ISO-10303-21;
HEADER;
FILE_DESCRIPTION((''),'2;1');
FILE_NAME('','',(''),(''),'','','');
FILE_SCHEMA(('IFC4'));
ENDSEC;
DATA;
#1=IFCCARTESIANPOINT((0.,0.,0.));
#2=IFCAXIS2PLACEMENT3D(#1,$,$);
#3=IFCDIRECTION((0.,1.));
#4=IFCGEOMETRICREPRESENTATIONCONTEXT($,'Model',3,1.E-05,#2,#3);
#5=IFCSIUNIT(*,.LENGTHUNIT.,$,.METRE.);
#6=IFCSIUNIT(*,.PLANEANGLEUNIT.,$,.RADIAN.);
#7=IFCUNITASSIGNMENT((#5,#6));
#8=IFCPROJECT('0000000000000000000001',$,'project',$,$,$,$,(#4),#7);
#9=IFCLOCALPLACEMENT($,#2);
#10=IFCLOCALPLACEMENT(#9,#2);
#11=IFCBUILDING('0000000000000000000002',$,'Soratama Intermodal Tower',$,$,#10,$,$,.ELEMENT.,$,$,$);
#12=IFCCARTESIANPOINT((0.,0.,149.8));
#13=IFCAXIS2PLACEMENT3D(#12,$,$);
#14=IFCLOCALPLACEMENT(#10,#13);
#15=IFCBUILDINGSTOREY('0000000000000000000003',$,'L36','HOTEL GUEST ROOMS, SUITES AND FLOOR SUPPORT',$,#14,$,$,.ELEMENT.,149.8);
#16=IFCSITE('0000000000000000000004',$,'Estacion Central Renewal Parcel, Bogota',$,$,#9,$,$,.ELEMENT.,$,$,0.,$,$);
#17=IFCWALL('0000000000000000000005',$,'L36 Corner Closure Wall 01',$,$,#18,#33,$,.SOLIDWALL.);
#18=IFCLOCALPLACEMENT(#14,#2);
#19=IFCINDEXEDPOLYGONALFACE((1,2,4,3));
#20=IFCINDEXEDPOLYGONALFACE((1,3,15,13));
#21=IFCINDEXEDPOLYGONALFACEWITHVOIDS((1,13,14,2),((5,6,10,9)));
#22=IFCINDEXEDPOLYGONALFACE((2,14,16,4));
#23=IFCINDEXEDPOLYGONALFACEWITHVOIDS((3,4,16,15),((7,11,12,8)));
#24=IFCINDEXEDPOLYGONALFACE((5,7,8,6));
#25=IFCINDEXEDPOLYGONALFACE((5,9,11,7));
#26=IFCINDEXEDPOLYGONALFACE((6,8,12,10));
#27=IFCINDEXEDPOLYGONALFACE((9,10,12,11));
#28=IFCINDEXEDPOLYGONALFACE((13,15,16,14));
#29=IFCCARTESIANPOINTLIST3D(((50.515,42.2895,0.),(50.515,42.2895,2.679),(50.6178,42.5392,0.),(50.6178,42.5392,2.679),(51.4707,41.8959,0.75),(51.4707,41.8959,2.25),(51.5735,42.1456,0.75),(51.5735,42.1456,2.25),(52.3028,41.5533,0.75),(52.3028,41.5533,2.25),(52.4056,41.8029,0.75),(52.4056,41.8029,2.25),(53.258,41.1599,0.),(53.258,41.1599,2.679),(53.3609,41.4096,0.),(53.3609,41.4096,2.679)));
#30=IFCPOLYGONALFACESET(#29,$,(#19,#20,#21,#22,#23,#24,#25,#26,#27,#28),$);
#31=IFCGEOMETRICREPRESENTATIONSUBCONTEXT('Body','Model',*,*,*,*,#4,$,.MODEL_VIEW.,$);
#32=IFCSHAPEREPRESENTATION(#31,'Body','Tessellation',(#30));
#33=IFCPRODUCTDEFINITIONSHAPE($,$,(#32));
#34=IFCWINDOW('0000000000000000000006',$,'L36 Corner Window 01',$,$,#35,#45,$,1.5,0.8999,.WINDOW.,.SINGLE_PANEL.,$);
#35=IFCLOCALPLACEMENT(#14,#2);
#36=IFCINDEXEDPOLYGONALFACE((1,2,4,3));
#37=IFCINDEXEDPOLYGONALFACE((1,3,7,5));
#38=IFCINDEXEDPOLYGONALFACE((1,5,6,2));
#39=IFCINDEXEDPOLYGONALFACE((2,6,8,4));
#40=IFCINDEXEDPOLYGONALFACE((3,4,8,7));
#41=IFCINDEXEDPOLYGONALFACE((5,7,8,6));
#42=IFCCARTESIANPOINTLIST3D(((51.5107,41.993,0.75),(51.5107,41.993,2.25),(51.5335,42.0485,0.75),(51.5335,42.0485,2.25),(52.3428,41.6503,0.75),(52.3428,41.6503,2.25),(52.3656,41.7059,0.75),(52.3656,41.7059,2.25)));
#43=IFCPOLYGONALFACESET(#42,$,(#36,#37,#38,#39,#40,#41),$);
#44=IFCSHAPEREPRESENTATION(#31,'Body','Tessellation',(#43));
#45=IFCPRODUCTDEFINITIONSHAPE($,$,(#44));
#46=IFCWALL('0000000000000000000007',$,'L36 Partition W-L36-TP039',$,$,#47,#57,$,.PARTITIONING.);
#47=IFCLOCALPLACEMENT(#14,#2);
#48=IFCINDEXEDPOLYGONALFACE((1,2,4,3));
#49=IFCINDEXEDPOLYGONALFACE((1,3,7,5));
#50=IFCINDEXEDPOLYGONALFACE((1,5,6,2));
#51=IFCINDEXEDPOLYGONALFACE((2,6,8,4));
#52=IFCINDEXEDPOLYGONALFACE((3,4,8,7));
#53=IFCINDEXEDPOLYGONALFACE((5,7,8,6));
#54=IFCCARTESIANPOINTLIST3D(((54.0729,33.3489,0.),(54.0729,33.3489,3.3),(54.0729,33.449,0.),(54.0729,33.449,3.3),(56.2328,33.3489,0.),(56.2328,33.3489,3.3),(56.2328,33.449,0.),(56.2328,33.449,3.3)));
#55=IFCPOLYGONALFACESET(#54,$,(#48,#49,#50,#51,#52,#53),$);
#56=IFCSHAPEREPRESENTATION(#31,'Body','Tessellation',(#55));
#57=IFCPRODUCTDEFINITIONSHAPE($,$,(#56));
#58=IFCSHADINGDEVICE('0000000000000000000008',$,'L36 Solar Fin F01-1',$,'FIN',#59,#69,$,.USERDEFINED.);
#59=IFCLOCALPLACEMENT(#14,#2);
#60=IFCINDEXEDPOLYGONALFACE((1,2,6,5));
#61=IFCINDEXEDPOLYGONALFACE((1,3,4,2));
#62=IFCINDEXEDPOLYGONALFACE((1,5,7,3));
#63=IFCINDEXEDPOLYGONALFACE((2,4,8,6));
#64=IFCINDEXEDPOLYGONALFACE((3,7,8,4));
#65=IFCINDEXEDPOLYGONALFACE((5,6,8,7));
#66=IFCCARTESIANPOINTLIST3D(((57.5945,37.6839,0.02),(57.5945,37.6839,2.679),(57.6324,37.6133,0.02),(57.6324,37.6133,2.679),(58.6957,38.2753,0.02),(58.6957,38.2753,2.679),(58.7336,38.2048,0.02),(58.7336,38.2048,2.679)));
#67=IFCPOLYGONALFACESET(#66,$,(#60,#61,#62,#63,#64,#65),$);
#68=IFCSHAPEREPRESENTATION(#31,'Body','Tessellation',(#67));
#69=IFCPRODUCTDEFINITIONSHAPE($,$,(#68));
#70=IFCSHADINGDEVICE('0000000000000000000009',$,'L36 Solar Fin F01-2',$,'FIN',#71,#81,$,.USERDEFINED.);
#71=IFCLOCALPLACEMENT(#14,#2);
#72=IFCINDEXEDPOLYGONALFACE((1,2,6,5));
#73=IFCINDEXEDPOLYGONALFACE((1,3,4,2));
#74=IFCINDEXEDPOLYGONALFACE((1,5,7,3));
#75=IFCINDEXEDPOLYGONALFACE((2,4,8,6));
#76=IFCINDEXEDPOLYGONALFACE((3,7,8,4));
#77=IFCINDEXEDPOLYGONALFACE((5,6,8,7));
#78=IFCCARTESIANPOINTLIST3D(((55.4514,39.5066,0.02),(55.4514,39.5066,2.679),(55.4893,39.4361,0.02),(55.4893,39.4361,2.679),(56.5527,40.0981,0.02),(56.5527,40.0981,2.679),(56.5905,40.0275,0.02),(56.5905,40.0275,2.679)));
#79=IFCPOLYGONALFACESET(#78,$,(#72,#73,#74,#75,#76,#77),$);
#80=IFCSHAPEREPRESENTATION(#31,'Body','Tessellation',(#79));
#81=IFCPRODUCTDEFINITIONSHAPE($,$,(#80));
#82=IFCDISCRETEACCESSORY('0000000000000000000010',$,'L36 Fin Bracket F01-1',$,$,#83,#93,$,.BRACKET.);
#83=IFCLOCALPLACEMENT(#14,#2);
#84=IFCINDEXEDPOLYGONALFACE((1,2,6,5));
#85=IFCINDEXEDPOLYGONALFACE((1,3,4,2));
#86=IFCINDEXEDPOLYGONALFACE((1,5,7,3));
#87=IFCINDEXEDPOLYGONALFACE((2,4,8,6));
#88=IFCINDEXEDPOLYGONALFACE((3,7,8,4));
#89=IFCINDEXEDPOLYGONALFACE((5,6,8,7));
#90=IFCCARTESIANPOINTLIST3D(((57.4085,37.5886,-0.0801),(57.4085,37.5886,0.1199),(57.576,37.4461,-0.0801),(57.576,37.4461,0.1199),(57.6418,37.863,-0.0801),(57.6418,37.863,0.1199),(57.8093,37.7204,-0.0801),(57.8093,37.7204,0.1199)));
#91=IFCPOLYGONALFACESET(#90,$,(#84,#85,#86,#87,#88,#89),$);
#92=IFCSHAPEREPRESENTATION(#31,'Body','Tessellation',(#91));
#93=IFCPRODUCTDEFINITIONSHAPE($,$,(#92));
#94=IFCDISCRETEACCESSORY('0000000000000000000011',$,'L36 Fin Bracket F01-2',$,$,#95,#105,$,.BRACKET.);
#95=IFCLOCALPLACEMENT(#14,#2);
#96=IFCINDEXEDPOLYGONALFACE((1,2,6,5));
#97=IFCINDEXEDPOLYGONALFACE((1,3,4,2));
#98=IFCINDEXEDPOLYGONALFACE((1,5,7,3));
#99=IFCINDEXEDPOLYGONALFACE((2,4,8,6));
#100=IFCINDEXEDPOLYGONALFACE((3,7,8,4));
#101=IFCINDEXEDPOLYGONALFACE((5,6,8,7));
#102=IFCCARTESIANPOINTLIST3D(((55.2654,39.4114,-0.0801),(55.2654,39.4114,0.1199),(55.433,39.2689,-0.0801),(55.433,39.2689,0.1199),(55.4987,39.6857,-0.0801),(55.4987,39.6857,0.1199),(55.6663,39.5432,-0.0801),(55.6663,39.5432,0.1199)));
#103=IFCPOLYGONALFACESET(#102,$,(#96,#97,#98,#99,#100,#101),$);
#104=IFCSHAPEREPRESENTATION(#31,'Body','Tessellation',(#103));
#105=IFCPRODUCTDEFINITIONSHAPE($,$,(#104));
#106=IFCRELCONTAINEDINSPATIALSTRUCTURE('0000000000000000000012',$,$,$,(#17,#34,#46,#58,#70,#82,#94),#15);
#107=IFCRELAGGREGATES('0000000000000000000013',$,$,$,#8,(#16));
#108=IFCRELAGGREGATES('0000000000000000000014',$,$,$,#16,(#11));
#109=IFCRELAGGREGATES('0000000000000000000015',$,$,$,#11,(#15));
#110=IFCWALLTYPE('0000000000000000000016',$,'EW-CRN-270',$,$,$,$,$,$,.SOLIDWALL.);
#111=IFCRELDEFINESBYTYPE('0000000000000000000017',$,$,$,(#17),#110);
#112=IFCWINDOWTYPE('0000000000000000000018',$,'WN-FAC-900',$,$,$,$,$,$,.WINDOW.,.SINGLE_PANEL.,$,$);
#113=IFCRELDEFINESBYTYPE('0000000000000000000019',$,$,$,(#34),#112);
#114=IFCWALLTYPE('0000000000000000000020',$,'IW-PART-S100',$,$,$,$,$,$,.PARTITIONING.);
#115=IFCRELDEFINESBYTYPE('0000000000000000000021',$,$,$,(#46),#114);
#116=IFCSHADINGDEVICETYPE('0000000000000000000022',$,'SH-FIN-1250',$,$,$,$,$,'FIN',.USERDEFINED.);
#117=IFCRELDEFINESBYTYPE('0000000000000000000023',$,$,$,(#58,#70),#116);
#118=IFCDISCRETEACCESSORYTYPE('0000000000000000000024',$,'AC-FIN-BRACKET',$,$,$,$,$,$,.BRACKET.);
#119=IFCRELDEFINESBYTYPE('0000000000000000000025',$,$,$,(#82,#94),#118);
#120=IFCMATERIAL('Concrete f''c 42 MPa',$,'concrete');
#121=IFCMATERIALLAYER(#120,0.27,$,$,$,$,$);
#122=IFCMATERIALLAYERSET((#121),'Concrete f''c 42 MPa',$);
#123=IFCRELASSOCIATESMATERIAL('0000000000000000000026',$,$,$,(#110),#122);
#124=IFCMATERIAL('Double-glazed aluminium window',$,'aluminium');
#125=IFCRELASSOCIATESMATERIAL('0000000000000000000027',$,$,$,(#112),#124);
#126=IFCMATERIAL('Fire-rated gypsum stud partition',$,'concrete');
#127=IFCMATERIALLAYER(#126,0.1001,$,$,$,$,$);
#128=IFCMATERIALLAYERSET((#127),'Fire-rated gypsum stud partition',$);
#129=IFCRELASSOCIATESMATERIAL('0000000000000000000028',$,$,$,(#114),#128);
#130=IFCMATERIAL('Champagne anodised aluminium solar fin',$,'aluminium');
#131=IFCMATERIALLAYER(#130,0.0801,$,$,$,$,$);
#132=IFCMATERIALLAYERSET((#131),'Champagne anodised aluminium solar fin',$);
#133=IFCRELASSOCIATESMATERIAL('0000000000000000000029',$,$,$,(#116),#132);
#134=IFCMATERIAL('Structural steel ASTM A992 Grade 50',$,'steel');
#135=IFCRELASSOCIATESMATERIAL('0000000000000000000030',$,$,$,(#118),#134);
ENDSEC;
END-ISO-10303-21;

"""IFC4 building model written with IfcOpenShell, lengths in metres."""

from ifc_helpers import new_model, si_unit, direction, frame, frame_2d, origin, origin_2d, place, context, subcontext, project, spatial, rectangle, extrude, material, layer, layer_set, type_object, element, fill, save


model = new_model("IFC4")

# Units and contexts
model_context = context("Model", 3, precision=1e-05, world=origin(), true_north=direction((0.0, 1.0)))
body_context = subcontext(model_context, "Body", "Model", "MODEL_VIEW")
ifc_project = project(units=[si_unit("LENGTHUNIT", "METRE"), si_unit("PLANEANGLEUNIT", "RADIAN")], contexts=[model_context])

# Site, building, storey
site_placement = place(None, origin())
site = spatial("IfcSite", under=ifc_project, at=site_placement, Name="Estacion Central Renewal Parcel, Bogota", CompositionType="ELEMENT", RefElevation=0.0)
building_placement = place(site_placement, origin())
building = spatial("IfcBuilding", under=site, at=building_placement, Name="Soratama Intermodal Tower", CompositionType="ELEMENT")
storey_placement = place(building_placement, frame((0.0, 0.0, 149.8)))
storey = spatial("IfcBuildingStorey", under=building, at=storey_placement, Name="L36", Description="HOTEL GUEST ROOMS, SUITES AND FLOOR SUPPORT", CompositionType="ELEMENT", Elevation=149.8)

# Wall, opening, window
ifc_material_1 = material(Name="Concrete f'c 42 MPa", Category="concrete")
ifc_layer_1 = layer(ifc_material_1, 0.27)
ifc_layer_set_1 = layer_set([ifc_layer_1], Name="Concrete f'c 42 MPa")
wall_type_1 = type_object("IfcWallType", Name="EW-CRN-270", PredefinedType="SOLIDWALL", material=ifc_layer_set_1)
wall_1_placement = place(storey_placement, frame((53.3096, 41.2847, 0.0), z_axis=(0.0, 0.0, 1.0), x_axis=(-0.924666, 0.380779, 0.0)))
wall_1 = element("IfcWall", 1, at=wall_1_placement, inside=storey, type_object=wall_type_1, Name="L36 Corner Closure Wall 01", PredefinedType="SOLIDWALL", context=body_context, shape_type="SweptSolid", body=[
    extrude(rectangle(XDim=2.9666, YDim=0.27, at=frame_2d((1.4834, 0.0))), origin(), (0.0, 0.0, 1.0), 2.679),
])
opening_placement = place(wall_1_placement, frame((1.0332, 0.0, 0.75)))
opening = element("IfcOpeningElement", 2, at=opening_placement, cuts=wall_1, PredefinedType="OPENING", context=body_context, shape_type="SweptSolid", body=[
    extrude(rectangle(XDim=0.8999, YDim=1.5, at=frame_2d((0.45, 0.75))), frame((0.0, 0.145, 0.0), z_axis=(0.0, -1.0, 0.0), x_axis=(1.0, 0.0, 0.0)), (0.0, 0.0, 1.0), 0.29),
])
ifc_material_2 = material(Name="Double-glazed aluminium window", Category="aluminium")
window_type = type_object("IfcWindowType", Name="WN-FAC-900", PartitioningType="SINGLE_PANEL", PredefinedType="WINDOW", material=ifc_material_2)
window_placement = place(opening_placement, origin())
window = element("IfcWindow", 3, at=window_placement, inside=storey, type_object=window_type, Name="L36 Corner Window 01", OverallHeight=1.5, OverallWidth=0.8999, PartitioningType="SINGLE_PANEL", PredefinedType="WINDOW", context=body_context, shape_type="SweptSolid", body=[
    extrude(rectangle(XDim=0.8999, YDim=1.5, at=frame_2d((0.45, 0.75))), frame((0.0, 0.03, 0.0), z_axis=(0.0, -1.0, 0.0), x_axis=(1.0, 0.0, 0.0)), (0.0, 0.0, 1.0), 0.0601),
])
fill(opening, window)

# Wall
ifc_material_3 = material(Name="Fire-rated gypsum stud partition", Category="concrete")
ifc_layer_2 = layer(ifc_material_3, 0.1001)
ifc_layer_set_2 = layer_set([ifc_layer_2], Name="Fire-rated gypsum stud partition")
wall_type_2 = type_object("IfcWallType", Name="IW-PART-S100", PredefinedType="PARTITIONING", material=ifc_layer_set_2)
wall_2_placement = place(storey_placement, frame((56.2329, 33.3989, 0.0), z_axis=(0.0, 0.0, 1.0), x_axis=(-1.0, 0.0, 0.0)))
element("IfcWall", 4, at=wall_2_placement, inside=storey, type_object=wall_type_2, Name="L36 Partition W-L36-TP039", PredefinedType="PARTITIONING", context=body_context, shape_type="SweptSolid", body=[
    extrude(rectangle(XDim=2.1599, YDim=0.1001, at=frame_2d((1.0801, 0.0))), origin(), (0.0, 0.0, 1.0), 3.3),
])

# Shading devices
ifc_material_4 = material(Name="Champagne anodised aluminium solar fin", Category="aluminium")
ifc_layer_3 = layer(ifc_material_4, 0.0801)
ifc_layer_set_3 = layer_set([ifc_layer_3], Name="Champagne anodised aluminium solar fin")
shading_device_type = type_object("IfcShadingDeviceType", Name="SH-FIN-1250", ElementType="FIN", PredefinedType="USERDEFINED", material=ifc_layer_set_3)
for number, where, z_axis, x_axis, name in (
    (5, (58.1641, 37.9443, 0.02), (0.0, 0.0, 1.0), (0.880973, 0.473166, 0.0), "L36 Solar Fin F01-1"),
    (6, (56.021, 39.7671, 0.02), (0.0, 0.0, 1.0), (0.880973, 0.473166, 0.0), "L36 Solar Fin F01-2"),
):
    element("IfcShadingDevice", number, at=place(storey_placement, frame(where, z_axis=z_axis, x_axis=x_axis)), inside=storey, type_object=shading_device_type, Name=name, ObjectType="FIN", PredefinedType="USERDEFINED", context=body_context, shape_type="SweptSolid", body=[
        extrude(rectangle(XDim=1.25, YDim=0.0801, at=origin_2d()), origin(), (0.0, 0.0, 1.0), 2.6589),
    ])

# Discrete accessories
ifc_material_5 = material(Name="Structural steel ASTM A992 Grade 50", Category="steel")
discrete_accessory_type = type_object("IfcDiscreteAccessoryType", Name="AC-FIN-BRACKET", PredefinedType="BRACKET", material=ifc_material_5)
for number, where, z_axis, x_axis, name in (
    (7, (57.6089, 37.6545, -0.0801), (0.0, 0.0, 1.0), (0.647854, 0.761764, 0.0), "L36 Fin Bracket F01-1"),
    (8, (55.4658, 39.4773, -0.0801), (0.0, 0.0, 1.0), (0.647854, 0.761764, 0.0), "L36 Fin Bracket F01-2"),
):
    element("IfcDiscreteAccessory", number, at=place(storey_placement, frame(where, z_axis=z_axis, x_axis=x_axis)), inside=storey, type_object=discrete_accessory_type, Name=name, PredefinedType="BRACKET", context=body_context, shape_type="SweptSolid", body=[
        extrude(rectangle(XDim=0.3601, YDim=0.22, at=origin_2d()), origin(), (0.0, 0.0, 1.0), 0.2),
    ])

save(model, "model.ifc")
